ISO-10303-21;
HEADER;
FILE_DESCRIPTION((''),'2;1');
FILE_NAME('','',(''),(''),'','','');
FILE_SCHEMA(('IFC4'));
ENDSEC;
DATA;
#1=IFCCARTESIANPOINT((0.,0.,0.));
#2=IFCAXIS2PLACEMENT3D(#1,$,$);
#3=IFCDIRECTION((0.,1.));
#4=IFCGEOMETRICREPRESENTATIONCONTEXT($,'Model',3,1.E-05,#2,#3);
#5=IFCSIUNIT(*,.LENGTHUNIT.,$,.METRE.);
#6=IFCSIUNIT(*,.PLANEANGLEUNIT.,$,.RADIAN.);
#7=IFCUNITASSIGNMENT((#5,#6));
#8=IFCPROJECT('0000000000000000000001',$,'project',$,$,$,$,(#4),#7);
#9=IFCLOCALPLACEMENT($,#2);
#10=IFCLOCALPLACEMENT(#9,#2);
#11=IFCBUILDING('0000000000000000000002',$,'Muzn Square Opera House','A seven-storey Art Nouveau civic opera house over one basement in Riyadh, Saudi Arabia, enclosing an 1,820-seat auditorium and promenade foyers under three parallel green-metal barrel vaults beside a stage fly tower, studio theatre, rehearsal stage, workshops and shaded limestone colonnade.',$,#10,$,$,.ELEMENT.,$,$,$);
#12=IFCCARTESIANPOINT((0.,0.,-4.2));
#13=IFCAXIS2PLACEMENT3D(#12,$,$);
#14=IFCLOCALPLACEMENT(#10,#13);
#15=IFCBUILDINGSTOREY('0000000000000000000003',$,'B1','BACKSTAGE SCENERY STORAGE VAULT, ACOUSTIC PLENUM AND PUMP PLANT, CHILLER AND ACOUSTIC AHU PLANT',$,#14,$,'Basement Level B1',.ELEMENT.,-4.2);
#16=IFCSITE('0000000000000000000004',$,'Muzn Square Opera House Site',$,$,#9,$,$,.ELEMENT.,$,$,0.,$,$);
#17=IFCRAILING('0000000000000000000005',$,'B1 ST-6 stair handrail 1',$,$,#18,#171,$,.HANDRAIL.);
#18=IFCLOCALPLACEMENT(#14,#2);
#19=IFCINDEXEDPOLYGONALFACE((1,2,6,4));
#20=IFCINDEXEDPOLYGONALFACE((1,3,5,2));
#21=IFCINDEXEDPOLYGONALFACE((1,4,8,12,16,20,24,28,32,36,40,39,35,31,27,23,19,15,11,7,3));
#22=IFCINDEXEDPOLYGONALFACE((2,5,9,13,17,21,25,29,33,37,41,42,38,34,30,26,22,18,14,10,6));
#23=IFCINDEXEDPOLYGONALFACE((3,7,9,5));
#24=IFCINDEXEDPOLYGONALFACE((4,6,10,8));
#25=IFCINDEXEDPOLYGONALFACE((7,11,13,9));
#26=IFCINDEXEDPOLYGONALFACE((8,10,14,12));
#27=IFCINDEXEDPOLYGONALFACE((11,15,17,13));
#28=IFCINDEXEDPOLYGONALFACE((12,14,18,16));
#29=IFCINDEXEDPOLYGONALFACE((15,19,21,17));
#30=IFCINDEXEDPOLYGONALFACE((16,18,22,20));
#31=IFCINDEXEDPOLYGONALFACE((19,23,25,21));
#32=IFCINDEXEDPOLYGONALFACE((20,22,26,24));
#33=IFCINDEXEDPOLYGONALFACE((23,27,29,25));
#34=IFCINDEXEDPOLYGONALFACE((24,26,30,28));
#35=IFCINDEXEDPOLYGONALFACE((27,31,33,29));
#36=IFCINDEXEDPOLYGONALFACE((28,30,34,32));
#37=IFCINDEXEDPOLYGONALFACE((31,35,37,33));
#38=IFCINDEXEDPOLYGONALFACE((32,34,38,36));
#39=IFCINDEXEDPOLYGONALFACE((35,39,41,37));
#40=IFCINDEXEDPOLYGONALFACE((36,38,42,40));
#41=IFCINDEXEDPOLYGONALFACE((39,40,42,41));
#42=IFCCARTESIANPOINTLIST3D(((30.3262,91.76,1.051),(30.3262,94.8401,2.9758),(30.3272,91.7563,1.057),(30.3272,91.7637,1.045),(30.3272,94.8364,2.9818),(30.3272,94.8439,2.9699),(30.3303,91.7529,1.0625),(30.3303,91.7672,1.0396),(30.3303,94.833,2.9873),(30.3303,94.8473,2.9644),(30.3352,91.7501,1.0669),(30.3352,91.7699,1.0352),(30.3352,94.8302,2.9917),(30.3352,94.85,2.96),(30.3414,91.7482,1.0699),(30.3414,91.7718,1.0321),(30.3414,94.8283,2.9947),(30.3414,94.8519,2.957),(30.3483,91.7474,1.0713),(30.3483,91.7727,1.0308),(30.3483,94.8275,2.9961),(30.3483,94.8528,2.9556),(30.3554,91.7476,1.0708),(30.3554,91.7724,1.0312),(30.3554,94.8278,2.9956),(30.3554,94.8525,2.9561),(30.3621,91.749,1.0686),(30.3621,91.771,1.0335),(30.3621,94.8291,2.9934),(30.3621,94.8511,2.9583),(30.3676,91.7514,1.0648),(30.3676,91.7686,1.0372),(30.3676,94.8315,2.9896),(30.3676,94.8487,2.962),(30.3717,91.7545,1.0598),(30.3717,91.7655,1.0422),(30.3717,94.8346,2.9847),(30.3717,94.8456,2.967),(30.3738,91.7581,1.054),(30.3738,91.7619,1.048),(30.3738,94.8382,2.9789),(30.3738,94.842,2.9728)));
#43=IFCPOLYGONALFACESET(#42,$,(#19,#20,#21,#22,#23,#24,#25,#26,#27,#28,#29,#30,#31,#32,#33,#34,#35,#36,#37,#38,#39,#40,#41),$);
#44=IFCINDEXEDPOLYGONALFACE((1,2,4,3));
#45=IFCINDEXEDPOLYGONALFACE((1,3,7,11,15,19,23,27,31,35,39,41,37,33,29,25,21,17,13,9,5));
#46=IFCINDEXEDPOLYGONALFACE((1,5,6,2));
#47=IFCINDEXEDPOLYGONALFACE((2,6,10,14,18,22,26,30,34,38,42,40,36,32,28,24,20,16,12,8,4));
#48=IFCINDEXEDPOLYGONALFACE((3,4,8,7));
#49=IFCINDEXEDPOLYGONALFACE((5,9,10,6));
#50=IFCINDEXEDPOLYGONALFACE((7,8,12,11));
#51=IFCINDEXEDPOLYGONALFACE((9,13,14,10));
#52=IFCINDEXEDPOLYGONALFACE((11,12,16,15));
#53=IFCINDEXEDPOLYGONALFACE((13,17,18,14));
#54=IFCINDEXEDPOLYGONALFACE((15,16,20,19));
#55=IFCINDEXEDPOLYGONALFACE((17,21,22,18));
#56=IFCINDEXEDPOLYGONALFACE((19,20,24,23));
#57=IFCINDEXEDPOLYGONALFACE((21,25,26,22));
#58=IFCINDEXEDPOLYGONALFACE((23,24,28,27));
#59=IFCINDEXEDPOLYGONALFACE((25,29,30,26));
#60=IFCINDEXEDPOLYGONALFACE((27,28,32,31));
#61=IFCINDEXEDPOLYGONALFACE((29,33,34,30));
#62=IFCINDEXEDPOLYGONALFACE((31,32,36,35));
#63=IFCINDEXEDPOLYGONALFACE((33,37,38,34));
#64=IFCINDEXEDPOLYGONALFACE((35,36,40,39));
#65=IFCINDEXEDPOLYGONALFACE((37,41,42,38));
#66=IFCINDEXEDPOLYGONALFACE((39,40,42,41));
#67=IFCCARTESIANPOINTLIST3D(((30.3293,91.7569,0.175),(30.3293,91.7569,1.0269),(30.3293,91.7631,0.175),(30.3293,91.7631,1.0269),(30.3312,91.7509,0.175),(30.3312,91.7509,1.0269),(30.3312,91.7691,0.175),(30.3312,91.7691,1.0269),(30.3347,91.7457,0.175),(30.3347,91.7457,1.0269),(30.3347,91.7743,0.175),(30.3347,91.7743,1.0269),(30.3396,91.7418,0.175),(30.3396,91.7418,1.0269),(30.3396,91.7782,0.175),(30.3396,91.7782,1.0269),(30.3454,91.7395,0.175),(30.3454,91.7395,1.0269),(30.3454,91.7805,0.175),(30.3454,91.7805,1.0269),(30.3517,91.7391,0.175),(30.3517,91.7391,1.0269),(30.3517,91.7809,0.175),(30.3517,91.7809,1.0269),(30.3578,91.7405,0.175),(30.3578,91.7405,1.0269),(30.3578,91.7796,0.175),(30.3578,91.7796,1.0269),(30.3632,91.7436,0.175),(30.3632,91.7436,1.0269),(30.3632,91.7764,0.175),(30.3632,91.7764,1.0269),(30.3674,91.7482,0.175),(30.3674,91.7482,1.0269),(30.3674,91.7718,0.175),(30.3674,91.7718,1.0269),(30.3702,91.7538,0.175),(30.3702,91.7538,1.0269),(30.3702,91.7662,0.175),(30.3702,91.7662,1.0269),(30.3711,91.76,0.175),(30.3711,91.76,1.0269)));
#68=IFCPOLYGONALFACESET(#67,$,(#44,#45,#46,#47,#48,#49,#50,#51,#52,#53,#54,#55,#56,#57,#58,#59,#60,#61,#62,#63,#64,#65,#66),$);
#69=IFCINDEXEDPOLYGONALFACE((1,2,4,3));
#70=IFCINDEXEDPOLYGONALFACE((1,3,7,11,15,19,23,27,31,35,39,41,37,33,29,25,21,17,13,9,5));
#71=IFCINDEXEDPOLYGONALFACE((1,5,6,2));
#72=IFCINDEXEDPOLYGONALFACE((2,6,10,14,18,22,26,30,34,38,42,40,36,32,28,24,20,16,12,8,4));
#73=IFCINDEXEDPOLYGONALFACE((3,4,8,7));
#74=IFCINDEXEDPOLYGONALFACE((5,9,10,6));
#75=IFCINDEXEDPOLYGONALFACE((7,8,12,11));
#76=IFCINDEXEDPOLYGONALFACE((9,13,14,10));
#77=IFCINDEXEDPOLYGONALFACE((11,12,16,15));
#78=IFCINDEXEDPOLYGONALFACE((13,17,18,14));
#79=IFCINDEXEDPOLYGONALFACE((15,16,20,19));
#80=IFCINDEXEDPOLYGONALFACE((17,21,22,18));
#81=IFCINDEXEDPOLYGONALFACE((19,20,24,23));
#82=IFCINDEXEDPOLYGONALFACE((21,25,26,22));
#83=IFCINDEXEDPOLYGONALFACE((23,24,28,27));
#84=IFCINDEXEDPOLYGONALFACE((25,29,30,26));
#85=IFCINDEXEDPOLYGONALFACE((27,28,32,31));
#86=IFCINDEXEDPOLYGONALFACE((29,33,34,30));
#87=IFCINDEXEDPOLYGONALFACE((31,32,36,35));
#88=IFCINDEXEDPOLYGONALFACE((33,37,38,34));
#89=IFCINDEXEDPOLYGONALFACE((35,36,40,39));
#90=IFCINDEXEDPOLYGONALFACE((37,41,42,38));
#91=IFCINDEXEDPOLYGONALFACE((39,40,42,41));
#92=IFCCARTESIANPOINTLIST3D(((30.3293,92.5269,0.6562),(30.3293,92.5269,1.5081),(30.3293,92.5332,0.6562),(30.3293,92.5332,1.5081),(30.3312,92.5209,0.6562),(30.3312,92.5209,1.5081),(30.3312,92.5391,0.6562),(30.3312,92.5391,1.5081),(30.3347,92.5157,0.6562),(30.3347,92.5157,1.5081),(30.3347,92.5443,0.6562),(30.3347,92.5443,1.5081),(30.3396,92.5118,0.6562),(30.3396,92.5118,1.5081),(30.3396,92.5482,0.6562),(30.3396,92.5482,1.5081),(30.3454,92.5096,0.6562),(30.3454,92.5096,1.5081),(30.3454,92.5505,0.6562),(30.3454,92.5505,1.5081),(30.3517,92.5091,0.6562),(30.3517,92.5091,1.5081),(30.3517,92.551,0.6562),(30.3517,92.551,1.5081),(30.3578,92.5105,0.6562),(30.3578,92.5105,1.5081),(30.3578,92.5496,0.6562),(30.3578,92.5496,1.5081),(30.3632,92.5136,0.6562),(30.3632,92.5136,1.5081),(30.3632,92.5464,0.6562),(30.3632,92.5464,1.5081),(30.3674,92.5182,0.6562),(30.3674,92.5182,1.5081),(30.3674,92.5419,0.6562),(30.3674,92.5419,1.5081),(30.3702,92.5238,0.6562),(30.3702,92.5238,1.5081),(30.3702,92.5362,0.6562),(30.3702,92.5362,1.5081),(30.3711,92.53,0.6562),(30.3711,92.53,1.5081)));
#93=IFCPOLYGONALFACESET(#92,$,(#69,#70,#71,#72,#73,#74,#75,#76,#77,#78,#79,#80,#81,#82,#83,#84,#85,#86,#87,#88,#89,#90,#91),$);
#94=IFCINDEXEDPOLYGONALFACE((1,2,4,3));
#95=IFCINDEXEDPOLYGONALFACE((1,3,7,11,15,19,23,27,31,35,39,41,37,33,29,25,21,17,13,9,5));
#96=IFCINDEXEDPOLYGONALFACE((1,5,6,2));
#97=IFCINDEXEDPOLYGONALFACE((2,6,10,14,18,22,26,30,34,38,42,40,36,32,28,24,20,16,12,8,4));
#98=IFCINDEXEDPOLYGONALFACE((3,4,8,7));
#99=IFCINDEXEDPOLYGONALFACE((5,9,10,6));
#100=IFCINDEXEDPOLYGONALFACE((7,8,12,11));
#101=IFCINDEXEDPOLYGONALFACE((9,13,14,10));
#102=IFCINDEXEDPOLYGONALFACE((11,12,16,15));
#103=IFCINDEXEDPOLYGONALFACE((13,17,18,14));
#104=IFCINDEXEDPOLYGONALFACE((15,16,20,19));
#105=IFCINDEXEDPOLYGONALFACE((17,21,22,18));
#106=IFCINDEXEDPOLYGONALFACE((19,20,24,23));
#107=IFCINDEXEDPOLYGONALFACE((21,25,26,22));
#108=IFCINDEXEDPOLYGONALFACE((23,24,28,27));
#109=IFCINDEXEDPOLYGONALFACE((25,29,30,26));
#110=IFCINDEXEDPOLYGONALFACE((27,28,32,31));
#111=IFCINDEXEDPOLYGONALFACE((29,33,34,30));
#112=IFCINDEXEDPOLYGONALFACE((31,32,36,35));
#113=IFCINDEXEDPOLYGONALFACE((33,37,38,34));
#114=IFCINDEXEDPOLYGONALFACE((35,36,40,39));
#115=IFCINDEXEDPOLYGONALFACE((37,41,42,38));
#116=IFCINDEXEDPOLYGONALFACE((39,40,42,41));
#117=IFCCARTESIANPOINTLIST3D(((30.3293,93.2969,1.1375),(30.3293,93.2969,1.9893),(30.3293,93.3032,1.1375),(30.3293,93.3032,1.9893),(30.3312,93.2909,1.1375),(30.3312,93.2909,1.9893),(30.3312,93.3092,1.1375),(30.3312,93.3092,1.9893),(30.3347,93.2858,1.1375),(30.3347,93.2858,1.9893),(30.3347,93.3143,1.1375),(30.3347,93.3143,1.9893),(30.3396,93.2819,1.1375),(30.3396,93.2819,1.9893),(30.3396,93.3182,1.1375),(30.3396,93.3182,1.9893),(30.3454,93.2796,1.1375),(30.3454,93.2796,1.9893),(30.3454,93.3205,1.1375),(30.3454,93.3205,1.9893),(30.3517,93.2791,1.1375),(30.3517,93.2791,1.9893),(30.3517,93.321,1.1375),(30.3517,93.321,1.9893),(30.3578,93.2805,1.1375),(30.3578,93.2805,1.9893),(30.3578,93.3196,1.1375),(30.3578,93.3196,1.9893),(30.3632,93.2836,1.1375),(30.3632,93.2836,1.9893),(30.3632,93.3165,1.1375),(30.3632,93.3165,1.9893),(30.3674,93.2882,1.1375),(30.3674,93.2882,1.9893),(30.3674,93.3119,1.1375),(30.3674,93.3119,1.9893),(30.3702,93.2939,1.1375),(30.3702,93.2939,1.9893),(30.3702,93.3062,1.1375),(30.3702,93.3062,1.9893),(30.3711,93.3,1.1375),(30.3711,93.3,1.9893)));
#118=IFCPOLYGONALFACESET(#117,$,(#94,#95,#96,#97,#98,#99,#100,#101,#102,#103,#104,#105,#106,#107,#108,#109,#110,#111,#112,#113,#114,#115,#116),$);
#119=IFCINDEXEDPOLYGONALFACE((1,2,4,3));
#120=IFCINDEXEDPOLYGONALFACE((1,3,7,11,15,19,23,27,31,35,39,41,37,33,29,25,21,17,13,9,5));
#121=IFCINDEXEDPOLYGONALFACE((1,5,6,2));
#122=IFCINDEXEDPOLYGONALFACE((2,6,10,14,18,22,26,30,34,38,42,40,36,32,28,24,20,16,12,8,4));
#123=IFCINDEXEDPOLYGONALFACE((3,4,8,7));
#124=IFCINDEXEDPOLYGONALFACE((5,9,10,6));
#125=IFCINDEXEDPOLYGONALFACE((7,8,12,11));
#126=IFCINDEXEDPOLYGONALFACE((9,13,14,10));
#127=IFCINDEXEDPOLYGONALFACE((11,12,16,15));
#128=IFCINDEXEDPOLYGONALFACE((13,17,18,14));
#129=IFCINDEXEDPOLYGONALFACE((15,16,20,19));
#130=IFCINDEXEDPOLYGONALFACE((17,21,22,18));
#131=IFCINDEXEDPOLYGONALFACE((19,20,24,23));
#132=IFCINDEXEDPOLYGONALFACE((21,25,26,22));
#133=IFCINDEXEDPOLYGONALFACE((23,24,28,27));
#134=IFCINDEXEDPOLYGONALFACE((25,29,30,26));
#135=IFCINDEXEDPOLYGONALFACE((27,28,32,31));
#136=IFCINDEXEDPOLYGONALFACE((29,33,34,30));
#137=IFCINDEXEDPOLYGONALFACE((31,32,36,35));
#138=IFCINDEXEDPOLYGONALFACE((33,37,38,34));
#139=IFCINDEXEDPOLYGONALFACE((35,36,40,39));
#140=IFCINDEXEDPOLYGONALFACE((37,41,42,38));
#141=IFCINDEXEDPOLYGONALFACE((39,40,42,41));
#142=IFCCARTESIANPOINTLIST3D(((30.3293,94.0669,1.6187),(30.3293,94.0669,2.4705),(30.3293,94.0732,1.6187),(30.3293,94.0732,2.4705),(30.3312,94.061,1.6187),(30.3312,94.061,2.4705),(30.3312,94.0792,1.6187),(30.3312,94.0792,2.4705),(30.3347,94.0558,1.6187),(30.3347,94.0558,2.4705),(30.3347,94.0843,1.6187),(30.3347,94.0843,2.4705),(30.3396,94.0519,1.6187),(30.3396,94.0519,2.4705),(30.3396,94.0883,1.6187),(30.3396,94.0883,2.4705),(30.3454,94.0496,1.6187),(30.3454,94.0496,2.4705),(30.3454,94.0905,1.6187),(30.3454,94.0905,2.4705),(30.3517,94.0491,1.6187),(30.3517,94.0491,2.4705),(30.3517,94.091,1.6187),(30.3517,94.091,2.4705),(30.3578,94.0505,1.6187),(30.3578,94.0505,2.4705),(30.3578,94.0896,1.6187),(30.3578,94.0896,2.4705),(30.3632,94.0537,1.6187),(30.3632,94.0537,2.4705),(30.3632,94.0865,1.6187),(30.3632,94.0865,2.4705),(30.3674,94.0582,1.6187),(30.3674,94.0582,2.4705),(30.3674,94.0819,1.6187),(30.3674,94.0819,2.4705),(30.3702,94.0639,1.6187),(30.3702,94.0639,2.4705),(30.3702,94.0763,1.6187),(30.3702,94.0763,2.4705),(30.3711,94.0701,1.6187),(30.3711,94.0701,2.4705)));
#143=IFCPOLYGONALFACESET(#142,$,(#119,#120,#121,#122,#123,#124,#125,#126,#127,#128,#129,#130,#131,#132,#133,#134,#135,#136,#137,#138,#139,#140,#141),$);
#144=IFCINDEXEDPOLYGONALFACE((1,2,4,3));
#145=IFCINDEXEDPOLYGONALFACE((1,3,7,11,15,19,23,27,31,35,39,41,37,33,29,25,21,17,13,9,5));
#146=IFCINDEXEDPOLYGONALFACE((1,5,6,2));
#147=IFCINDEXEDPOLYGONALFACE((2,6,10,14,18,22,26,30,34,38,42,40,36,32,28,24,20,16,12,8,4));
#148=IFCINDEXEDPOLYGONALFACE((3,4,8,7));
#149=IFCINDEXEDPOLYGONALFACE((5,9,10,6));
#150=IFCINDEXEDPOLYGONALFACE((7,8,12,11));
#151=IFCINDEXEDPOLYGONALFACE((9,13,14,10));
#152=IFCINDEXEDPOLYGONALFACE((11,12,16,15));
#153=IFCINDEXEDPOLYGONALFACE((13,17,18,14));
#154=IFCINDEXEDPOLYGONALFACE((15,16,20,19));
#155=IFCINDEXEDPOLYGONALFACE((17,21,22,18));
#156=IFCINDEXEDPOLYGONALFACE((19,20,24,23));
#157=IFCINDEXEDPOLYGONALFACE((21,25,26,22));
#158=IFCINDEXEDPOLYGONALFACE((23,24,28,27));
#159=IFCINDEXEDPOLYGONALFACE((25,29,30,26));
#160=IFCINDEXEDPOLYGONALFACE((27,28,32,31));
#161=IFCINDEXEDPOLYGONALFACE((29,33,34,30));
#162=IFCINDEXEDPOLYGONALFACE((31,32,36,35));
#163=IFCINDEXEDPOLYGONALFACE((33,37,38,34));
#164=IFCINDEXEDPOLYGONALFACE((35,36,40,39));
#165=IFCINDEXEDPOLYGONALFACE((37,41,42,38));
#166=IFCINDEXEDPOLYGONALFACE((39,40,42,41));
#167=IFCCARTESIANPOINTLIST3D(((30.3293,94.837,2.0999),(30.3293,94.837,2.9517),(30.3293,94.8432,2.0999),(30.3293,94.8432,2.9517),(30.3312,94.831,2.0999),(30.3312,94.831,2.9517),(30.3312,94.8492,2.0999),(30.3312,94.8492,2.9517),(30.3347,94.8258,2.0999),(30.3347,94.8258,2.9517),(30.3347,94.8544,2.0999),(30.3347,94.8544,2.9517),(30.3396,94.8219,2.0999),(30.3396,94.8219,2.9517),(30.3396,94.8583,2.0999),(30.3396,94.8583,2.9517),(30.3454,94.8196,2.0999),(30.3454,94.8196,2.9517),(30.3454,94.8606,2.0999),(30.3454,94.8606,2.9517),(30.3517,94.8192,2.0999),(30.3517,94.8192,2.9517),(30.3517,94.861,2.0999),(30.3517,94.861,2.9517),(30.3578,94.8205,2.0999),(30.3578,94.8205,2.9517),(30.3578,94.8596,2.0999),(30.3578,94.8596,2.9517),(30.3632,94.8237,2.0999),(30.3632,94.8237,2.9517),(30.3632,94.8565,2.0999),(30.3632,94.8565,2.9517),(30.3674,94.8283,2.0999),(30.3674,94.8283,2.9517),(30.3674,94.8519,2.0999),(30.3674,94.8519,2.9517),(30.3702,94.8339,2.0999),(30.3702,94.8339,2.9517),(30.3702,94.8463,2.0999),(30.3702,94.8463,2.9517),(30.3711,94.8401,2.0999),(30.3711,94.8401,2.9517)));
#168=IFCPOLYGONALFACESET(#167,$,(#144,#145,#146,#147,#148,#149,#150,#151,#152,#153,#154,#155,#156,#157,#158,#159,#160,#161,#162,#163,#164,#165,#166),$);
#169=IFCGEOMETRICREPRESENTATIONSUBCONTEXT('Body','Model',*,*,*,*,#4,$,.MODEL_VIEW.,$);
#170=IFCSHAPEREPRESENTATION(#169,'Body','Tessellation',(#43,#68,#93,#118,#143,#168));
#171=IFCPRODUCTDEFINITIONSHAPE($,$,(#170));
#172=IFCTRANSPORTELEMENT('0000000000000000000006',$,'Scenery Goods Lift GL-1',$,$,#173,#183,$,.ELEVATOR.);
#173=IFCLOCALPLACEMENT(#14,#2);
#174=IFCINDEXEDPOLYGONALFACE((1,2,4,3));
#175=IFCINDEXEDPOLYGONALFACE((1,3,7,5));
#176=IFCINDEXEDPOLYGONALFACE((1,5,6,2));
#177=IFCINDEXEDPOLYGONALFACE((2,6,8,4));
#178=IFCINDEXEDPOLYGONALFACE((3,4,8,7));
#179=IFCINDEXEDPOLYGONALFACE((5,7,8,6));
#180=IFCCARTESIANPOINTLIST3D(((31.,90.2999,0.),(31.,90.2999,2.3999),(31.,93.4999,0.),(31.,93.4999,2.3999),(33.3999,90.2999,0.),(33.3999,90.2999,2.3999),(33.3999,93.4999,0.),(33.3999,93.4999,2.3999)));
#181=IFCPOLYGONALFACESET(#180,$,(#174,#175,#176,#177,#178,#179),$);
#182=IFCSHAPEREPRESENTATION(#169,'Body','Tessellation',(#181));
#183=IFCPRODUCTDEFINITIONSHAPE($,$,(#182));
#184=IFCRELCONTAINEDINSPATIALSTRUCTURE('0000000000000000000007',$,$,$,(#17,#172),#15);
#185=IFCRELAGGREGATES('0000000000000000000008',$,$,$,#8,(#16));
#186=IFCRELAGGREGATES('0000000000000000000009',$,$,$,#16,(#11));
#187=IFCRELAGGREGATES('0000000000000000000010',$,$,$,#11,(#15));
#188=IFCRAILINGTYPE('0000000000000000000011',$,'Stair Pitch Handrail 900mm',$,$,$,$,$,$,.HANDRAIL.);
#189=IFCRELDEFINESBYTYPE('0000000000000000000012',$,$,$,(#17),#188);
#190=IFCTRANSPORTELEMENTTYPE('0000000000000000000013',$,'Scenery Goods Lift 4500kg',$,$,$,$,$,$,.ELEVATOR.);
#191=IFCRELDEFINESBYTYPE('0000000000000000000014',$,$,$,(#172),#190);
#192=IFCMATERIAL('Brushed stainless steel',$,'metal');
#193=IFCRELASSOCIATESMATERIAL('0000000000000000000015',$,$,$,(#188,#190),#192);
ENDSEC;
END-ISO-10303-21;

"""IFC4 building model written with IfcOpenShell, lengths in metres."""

from ifc_helpers import new_model, si_unit, direction, frame, origin, origin_2d, place, context, subcontext, project, spatial, rectangle, circle, extrude, material, type_object, element, save


model = new_model("IFC4")

# Units and contexts
model_context = context("Model", 3, precision=1e-05, world=origin(), true_north=direction((0.0, 1.0)))
body_context = subcontext(model_context, "Body", "Model", "MODEL_VIEW")
ifc_project = project(units=[si_unit("LENGTHUNIT", "METRE"), si_unit("PLANEANGLEUNIT", "RADIAN")], contexts=[model_context])

# Site, building, storey
site_placement = place(None, origin())
site = spatial("IfcSite", under=ifc_project, at=site_placement, Name="Muzn Square Opera House Site", CompositionType="ELEMENT", RefElevation=0.0)
building_placement = place(site_placement, origin())
building = spatial("IfcBuilding", under=site, at=building_placement, Name="Muzn Square Opera House", Description="A seven-storey Art Nouveau civic opera house over one basement in Riyadh, Saudi Arabia, enclosing an 1,820-seat auditorium and promenade foyers under three parallel green-metal barrel vaults beside a stage fly tower, studio theatre, rehearsal stage, workshops and shaded limestone colonnade.", CompositionType="ELEMENT")
storey_placement = place(building_placement, frame((0.0, 0.0, -4.2)))
storey = spatial("IfcBuildingStorey", under=building, at=storey_placement, Name="B1", Description="BACKSTAGE SCENERY STORAGE VAULT, ACOUSTIC PLENUM AND PUMP PLANT, CHILLER AND ACOUSTIC AHU PLANT", LongName="Basement Level B1", CompositionType="ELEMENT", Elevation=-4.2)

# Railing
ifc_material_1 = material(Name="Brushed stainless steel", Category="metal")
railing_type_1 = type_object("IfcRailingType", Name="Stair Pitch Handrail 900mm", PredefinedType="HANDRAIL", material=ifc_material_1)
railing_1_placement = place(storey_placement, frame((30.3501, 91.76, 0.175)))
element("IfcRailing", 1, at=railing_1_placement, inside=storey, type_object=railing_type_1, Name="B1 ST-6 stair handrail 1", PredefinedType="HANDRAIL", context=body_context, shape_type="SweptSolid", body=[
    extrude(circle(Radius=0.0239, at=origin_2d()), frame((0.0, 0.0, 0.876), z_axis=(0.0, 0.848029, 0.529951), x_axis=(-1.0, 0.0, 0.0)), (0.0, 0.0, 1.0), 3.6321),
    extrude(circle(Radius=0.021, at=origin_2d()), origin(), (0.0, 0.0, 1.0), 0.8518),
    extrude(circle(Radius=0.021, at=origin_2d()), frame((0.0, 0.77, 0.4812)), (0.0, 0.0, 1.0), 0.8518),
    extrude(circle(Radius=0.021, at=origin_2d()), frame((0.0, 1.54, 0.9624)), (0.0, 0.0, 1.0), 0.8518),
    extrude(circle(Radius=0.021, at=origin_2d()), frame((0.0, 2.3101, 1.4436)), (0.0, 0.0, 1.0), 0.8518),
    extrude(circle(Radius=0.021, at=origin_2d()), frame((0.0, 3.0801, 1.9248)), (0.0, 0.0, 1.0), 0.8518),
])

# Transport element
transport_element_type = type_object("IfcTransportElementType", Name="Scenery Goods Lift 4500kg", PredefinedType="ELEVATOR", material=ifc_material_1)
transport_element_placement = place(storey_placement, frame((32.2, 91.8999, 0.0), z_axis=(0.0, 0.0, 1.0), x_axis=(1.0, 0.0, 0.0)))
element("IfcTransportElement", 2, at=transport_element_placement, inside=storey, type_object=transport_element_type, Name="Scenery Goods Lift GL-1", PredefinedType="ELEVATOR", context=body_context, shape_type="SweptSolid", body=[
    extrude(rectangle(XDim=2.3999, YDim=3.2, at=origin_2d()), origin(), (0.0, 0.0, 1.0), 2.3999),
])

save(model, "model.ifc")
